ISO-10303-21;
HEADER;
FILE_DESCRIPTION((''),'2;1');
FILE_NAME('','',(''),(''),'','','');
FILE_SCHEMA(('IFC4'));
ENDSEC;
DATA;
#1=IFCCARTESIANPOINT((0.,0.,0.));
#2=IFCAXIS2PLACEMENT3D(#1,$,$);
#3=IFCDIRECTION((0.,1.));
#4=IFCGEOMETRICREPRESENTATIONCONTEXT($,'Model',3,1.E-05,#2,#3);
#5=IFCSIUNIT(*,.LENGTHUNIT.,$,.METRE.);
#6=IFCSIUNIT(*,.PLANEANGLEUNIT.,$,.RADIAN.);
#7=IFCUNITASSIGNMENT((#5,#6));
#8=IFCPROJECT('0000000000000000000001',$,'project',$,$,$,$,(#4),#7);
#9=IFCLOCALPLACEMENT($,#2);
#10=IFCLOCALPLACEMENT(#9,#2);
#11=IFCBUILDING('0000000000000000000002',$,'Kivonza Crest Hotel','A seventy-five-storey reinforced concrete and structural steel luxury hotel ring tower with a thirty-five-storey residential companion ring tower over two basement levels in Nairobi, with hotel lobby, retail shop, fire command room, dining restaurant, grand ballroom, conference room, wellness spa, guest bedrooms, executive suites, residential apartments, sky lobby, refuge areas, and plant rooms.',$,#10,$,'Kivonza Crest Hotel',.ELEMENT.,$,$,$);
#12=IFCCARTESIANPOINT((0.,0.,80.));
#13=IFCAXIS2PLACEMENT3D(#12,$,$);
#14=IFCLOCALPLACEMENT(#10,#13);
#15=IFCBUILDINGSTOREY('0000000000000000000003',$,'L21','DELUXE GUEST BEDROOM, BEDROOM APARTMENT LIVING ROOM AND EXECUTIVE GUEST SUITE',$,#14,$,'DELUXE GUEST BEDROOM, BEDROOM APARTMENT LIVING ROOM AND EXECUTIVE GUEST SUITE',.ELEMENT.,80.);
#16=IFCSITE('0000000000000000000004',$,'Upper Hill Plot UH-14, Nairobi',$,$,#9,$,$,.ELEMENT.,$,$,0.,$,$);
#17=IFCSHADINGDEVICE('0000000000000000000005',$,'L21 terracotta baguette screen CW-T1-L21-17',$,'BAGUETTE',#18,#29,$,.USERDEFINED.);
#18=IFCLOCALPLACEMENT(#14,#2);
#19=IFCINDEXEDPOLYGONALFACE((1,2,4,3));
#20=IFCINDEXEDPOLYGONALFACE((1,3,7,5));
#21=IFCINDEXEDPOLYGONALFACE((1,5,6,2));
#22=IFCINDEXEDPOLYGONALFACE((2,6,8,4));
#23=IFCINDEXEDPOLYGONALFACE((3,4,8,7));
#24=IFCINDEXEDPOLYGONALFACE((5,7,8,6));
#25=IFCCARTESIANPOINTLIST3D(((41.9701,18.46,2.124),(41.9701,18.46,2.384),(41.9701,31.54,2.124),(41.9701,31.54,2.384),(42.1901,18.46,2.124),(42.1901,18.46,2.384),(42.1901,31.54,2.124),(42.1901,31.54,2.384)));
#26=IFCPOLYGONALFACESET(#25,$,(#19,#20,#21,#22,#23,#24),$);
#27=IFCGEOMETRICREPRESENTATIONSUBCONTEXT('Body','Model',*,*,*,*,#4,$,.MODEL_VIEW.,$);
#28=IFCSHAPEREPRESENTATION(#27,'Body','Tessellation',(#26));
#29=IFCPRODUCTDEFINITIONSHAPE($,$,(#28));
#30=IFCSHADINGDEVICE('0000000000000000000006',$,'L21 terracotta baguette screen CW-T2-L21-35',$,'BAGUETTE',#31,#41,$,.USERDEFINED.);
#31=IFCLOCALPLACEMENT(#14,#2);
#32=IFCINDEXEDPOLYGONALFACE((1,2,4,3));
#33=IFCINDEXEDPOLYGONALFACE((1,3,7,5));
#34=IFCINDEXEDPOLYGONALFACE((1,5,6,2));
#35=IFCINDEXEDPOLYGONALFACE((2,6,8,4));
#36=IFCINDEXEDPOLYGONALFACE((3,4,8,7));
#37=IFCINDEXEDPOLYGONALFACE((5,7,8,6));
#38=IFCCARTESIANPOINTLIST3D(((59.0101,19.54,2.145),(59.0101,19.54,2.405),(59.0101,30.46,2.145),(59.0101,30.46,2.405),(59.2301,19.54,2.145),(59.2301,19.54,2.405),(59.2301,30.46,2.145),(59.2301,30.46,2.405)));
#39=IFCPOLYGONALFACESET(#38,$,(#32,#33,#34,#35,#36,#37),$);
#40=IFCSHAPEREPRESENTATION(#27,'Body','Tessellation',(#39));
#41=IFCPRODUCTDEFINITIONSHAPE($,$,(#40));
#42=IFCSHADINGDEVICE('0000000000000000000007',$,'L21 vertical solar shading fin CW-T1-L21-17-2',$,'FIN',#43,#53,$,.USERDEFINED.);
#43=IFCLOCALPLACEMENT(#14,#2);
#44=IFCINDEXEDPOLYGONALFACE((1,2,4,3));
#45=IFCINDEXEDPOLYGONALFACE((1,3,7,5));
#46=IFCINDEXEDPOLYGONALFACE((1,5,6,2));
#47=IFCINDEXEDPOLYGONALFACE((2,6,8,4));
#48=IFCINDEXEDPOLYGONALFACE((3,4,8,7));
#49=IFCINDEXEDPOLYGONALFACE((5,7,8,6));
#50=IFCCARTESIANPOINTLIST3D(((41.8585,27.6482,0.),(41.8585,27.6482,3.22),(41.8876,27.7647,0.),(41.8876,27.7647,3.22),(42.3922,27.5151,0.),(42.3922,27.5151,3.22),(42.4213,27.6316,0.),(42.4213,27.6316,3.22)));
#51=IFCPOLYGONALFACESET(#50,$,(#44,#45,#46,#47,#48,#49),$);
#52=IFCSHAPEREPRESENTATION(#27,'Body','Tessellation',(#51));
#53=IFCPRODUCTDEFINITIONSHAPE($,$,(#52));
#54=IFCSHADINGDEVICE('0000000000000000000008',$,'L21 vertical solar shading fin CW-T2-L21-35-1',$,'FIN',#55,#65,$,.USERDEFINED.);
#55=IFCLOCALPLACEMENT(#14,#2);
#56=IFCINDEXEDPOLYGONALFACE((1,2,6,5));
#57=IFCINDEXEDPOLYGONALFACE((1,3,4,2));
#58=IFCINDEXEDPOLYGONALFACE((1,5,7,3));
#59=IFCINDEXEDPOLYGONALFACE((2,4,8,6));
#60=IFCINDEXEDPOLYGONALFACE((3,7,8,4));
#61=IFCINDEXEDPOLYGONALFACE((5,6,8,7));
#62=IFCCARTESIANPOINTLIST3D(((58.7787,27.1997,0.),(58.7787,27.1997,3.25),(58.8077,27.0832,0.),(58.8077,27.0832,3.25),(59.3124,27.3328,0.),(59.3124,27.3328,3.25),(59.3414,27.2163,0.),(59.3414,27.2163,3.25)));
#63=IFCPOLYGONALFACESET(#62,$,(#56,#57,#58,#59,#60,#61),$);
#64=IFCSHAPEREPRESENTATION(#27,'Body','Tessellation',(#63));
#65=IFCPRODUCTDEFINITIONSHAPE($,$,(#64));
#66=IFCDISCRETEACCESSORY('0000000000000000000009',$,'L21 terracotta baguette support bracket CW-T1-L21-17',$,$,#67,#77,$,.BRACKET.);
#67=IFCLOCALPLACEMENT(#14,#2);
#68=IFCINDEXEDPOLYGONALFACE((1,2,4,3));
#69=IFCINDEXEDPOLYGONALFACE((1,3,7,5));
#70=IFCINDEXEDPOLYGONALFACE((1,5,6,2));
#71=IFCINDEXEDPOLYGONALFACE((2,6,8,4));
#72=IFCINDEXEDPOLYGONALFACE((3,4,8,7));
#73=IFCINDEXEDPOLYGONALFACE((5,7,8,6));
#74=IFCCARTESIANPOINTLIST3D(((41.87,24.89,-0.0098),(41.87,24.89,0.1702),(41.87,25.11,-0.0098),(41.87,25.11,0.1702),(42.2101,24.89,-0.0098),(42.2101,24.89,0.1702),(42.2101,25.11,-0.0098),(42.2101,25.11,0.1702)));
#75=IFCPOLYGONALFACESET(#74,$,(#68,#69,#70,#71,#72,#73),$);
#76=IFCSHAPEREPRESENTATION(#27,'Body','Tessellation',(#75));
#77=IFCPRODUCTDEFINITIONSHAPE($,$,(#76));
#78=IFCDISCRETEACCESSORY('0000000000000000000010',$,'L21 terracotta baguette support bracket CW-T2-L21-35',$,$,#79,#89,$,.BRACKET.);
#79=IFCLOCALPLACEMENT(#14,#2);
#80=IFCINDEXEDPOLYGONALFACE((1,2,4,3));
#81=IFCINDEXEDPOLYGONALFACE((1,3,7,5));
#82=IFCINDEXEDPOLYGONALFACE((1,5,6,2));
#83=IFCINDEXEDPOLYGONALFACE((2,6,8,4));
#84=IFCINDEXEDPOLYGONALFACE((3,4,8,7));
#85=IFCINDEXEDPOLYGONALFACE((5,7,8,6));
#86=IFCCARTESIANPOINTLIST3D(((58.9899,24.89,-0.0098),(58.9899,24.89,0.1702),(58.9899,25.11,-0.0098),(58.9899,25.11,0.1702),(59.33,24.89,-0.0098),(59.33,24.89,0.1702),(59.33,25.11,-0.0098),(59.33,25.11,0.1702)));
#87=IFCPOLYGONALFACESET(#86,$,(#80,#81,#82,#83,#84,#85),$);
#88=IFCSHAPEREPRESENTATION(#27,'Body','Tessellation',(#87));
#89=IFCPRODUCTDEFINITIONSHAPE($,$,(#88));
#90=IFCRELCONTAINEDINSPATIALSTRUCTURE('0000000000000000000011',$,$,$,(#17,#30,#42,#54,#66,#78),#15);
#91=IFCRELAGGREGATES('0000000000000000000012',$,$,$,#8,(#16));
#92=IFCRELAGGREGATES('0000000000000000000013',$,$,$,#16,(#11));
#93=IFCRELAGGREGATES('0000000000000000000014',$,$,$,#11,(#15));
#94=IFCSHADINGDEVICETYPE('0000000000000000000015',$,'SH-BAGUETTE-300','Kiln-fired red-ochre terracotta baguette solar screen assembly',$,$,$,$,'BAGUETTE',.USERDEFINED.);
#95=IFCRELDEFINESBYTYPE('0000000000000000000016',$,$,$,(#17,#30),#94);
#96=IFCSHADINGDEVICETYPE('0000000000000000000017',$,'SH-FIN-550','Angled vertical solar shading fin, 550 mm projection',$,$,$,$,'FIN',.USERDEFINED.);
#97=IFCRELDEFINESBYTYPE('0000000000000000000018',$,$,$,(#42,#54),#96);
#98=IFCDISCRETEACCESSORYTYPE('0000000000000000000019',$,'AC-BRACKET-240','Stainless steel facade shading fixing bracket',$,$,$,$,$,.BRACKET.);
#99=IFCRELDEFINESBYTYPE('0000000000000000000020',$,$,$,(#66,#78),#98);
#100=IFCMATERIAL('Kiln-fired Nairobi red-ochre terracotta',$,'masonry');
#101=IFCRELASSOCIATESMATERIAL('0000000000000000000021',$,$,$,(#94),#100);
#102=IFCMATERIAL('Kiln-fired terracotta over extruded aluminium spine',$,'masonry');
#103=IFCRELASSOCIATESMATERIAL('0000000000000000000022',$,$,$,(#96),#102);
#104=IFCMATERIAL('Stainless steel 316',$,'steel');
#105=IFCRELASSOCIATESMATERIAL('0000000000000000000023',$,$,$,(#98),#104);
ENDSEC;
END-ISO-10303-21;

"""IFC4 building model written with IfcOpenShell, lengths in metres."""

from ifc_helpers import new_model, si_unit, direction, frame, origin, origin_2d, place, context, subcontext, project, spatial, rectangle, extrude, material, type_object, element, save


model = new_model("IFC4")

# Units and contexts
model_context = context("Model", 3, precision=1e-05, world=origin(), true_north=direction((0.0, 1.0)))
body_context = subcontext(model_context, "Body", "Model", "MODEL_VIEW")
ifc_project = project(units=[si_unit("LENGTHUNIT", "METRE"), si_unit("PLANEANGLEUNIT", "RADIAN")], contexts=[model_context])

# Site, building, storey
site_placement = place(None, origin())
site = spatial("IfcSite", under=ifc_project, at=site_placement, Name="Upper Hill Plot UH-14, Nairobi", CompositionType="ELEMENT", RefElevation=0.0)
building_placement = place(site_placement, origin())
building = spatial("IfcBuilding", under=site, at=building_placement, Name="Kivonza Crest Hotel", Description="A seventy-five-storey reinforced concrete and structural steel luxury hotel ring tower with a thirty-five-storey residential companion ring tower over two basement levels in Nairobi, with hotel lobby, retail shop, fire command room, dining restaurant, grand ballroom, conference room, wellness spa, guest bedrooms, executive suites, residential apartments, sky lobby, refuge areas, and plant rooms.", LongName="Kivonza Crest Hotel", CompositionType="ELEMENT")
storey_placement = place(building_placement, frame((0.0, 0.0, 80.0)))
storey = spatial("IfcBuildingStorey", under=building, at=storey_placement, Name="L21", Description="DELUXE GUEST BEDROOM, BEDROOM APARTMENT LIVING ROOM AND EXECUTIVE GUEST SUITE", LongName="DELUXE GUEST BEDROOM, BEDROOM APARTMENT LIVING ROOM AND EXECUTIVE GUEST SUITE", CompositionType="ELEMENT", Elevation=80.0)

# Shading devices
ifc_material_1 = material(Name="Kiln-fired Nairobi red-ochre terracotta", Category="masonry")
shading_device_type_1 = type_object("IfcShadingDeviceType", Name="SH-BAGUETTE-300", Description="Kiln-fired red-ochre terracotta baguette solar screen assembly", ElementType="BAGUETTE", PredefinedType="USERDEFINED", material=ifc_material_1)
shading_device_1_placement = place(storey_placement, frame((42.0801, 25.0, 2.124), z_axis=(0.0, 0.0, 1.0), x_axis=(0.0, 1.0, 0.0)))
element("IfcShadingDevice", 1, at=shading_device_1_placement, inside=storey, type_object=shading_device_type_1, Name="L21 terracotta baguette screen CW-T1-L21-17", ObjectType="BAGUETTE", PredefinedType="USERDEFINED", context=body_context, shape_type="SweptSolid", body=[
    extrude(rectangle(XDim=13.0801, YDim=0.22, at=origin_2d()), origin(), (0.0, 0.0, 1.0), 0.26),
])
shading_device_2_placement = place(storey_placement, frame((59.1201, 25.0, 2.145), z_axis=(0.0, 0.0, 1.0), x_axis=(0.0, -1.0, 0.0)))
element("IfcShadingDevice", 2, at=shading_device_2_placement, inside=storey, type_object=shading_device_type_1, Name="L21 terracotta baguette screen CW-T2-L21-35", ObjectType="BAGUETTE", PredefinedType="USERDEFINED", context=body_context, shape_type="SweptSolid", body=[
    extrude(rectangle(XDim=10.9199, YDim=0.22, at=origin_2d()), origin(), (0.0, 0.0, 1.0), 0.26),
])
ifc_material_2 = material(Name="Kiln-fired terracotta over extruded aluminium spine", Category="masonry")
shading_device_type_2 = type_object("IfcShadingDeviceType", Name="SH-FIN-550", Description="Angled vertical solar shading fin, 550 mm projection", ElementType="FIN", PredefinedType="USERDEFINED", material=ifc_material_2)
shading_device_3_placement = place(storey_placement, frame((42.1399, 27.6399, 0.0), z_axis=(0.0, 0.0, 1.0), x_axis=(0.241922, 0.970296, 0.0)))
element("IfcShadingDevice", 3, at=shading_device_3_placement, inside=storey, type_object=shading_device_type_2, Name="L21 vertical solar shading fin CW-T1-L21-17-2", ObjectType="FIN", PredefinedType="USERDEFINED", context=body_context, shape_type="SweptSolid", body=[
    extrude(rectangle(XDim=0.1201, YDim=0.55, at=origin_2d()), origin(), (0.0, 0.0, 1.0), 3.22),
])
shading_device_4_placement = place(storey_placement, frame((59.0601, 27.208, 0.0), z_axis=(0.0, 0.0, 1.0), x_axis=(0.241922, -0.970296, 0.0)))
element("IfcShadingDevice", 4, at=shading_device_4_placement, inside=storey, type_object=shading_device_type_2, Name="L21 vertical solar shading fin CW-T2-L21-35-1", ObjectType="FIN", PredefinedType="USERDEFINED", context=body_context, shape_type="SweptSolid", body=[
    extrude(rectangle(XDim=0.1201, YDim=0.55, at=origin_2d()), origin(), (0.0, 0.0, 1.0), 3.25),
])

# Discrete accessories
ifc_material_3 = material(Name="Stainless steel 316", Category="steel")
discrete_accessory_type = type_object("IfcDiscreteAccessoryType", Name="AC-BRACKET-240", Description="Stainless steel facade shading fixing bracket", PredefinedType="BRACKET", material=ifc_material_3)
for number, where, z_axis, x_axis, name in (
    (5, (42.04, 25.0, -0.0098), (0.0, 0.0, 1.0), (0.0, 1.0, 0.0), "L21 terracotta baguette support bracket CW-T1-L21-17"),
    (6, (59.1599, 25.0, -0.0098), (0.0, 0.0, 1.0), (0.0, -1.0, 0.0), "L21 terracotta baguette support bracket CW-T2-L21-35"),
):
    element("IfcDiscreteAccessory", number, at=place(storey_placement, frame(where, z_axis=z_axis, x_axis=x_axis)), inside=storey, type_object=discrete_accessory_type, Name=name, PredefinedType="BRACKET", context=body_context, shape_type="SweptSolid", body=[
        extrude(rectangle(XDim=0.22, YDim=0.3401, at=origin_2d()), origin(), (0.0, 0.0, 1.0), 0.1799),
    ])

save(model, "model.ifc")
